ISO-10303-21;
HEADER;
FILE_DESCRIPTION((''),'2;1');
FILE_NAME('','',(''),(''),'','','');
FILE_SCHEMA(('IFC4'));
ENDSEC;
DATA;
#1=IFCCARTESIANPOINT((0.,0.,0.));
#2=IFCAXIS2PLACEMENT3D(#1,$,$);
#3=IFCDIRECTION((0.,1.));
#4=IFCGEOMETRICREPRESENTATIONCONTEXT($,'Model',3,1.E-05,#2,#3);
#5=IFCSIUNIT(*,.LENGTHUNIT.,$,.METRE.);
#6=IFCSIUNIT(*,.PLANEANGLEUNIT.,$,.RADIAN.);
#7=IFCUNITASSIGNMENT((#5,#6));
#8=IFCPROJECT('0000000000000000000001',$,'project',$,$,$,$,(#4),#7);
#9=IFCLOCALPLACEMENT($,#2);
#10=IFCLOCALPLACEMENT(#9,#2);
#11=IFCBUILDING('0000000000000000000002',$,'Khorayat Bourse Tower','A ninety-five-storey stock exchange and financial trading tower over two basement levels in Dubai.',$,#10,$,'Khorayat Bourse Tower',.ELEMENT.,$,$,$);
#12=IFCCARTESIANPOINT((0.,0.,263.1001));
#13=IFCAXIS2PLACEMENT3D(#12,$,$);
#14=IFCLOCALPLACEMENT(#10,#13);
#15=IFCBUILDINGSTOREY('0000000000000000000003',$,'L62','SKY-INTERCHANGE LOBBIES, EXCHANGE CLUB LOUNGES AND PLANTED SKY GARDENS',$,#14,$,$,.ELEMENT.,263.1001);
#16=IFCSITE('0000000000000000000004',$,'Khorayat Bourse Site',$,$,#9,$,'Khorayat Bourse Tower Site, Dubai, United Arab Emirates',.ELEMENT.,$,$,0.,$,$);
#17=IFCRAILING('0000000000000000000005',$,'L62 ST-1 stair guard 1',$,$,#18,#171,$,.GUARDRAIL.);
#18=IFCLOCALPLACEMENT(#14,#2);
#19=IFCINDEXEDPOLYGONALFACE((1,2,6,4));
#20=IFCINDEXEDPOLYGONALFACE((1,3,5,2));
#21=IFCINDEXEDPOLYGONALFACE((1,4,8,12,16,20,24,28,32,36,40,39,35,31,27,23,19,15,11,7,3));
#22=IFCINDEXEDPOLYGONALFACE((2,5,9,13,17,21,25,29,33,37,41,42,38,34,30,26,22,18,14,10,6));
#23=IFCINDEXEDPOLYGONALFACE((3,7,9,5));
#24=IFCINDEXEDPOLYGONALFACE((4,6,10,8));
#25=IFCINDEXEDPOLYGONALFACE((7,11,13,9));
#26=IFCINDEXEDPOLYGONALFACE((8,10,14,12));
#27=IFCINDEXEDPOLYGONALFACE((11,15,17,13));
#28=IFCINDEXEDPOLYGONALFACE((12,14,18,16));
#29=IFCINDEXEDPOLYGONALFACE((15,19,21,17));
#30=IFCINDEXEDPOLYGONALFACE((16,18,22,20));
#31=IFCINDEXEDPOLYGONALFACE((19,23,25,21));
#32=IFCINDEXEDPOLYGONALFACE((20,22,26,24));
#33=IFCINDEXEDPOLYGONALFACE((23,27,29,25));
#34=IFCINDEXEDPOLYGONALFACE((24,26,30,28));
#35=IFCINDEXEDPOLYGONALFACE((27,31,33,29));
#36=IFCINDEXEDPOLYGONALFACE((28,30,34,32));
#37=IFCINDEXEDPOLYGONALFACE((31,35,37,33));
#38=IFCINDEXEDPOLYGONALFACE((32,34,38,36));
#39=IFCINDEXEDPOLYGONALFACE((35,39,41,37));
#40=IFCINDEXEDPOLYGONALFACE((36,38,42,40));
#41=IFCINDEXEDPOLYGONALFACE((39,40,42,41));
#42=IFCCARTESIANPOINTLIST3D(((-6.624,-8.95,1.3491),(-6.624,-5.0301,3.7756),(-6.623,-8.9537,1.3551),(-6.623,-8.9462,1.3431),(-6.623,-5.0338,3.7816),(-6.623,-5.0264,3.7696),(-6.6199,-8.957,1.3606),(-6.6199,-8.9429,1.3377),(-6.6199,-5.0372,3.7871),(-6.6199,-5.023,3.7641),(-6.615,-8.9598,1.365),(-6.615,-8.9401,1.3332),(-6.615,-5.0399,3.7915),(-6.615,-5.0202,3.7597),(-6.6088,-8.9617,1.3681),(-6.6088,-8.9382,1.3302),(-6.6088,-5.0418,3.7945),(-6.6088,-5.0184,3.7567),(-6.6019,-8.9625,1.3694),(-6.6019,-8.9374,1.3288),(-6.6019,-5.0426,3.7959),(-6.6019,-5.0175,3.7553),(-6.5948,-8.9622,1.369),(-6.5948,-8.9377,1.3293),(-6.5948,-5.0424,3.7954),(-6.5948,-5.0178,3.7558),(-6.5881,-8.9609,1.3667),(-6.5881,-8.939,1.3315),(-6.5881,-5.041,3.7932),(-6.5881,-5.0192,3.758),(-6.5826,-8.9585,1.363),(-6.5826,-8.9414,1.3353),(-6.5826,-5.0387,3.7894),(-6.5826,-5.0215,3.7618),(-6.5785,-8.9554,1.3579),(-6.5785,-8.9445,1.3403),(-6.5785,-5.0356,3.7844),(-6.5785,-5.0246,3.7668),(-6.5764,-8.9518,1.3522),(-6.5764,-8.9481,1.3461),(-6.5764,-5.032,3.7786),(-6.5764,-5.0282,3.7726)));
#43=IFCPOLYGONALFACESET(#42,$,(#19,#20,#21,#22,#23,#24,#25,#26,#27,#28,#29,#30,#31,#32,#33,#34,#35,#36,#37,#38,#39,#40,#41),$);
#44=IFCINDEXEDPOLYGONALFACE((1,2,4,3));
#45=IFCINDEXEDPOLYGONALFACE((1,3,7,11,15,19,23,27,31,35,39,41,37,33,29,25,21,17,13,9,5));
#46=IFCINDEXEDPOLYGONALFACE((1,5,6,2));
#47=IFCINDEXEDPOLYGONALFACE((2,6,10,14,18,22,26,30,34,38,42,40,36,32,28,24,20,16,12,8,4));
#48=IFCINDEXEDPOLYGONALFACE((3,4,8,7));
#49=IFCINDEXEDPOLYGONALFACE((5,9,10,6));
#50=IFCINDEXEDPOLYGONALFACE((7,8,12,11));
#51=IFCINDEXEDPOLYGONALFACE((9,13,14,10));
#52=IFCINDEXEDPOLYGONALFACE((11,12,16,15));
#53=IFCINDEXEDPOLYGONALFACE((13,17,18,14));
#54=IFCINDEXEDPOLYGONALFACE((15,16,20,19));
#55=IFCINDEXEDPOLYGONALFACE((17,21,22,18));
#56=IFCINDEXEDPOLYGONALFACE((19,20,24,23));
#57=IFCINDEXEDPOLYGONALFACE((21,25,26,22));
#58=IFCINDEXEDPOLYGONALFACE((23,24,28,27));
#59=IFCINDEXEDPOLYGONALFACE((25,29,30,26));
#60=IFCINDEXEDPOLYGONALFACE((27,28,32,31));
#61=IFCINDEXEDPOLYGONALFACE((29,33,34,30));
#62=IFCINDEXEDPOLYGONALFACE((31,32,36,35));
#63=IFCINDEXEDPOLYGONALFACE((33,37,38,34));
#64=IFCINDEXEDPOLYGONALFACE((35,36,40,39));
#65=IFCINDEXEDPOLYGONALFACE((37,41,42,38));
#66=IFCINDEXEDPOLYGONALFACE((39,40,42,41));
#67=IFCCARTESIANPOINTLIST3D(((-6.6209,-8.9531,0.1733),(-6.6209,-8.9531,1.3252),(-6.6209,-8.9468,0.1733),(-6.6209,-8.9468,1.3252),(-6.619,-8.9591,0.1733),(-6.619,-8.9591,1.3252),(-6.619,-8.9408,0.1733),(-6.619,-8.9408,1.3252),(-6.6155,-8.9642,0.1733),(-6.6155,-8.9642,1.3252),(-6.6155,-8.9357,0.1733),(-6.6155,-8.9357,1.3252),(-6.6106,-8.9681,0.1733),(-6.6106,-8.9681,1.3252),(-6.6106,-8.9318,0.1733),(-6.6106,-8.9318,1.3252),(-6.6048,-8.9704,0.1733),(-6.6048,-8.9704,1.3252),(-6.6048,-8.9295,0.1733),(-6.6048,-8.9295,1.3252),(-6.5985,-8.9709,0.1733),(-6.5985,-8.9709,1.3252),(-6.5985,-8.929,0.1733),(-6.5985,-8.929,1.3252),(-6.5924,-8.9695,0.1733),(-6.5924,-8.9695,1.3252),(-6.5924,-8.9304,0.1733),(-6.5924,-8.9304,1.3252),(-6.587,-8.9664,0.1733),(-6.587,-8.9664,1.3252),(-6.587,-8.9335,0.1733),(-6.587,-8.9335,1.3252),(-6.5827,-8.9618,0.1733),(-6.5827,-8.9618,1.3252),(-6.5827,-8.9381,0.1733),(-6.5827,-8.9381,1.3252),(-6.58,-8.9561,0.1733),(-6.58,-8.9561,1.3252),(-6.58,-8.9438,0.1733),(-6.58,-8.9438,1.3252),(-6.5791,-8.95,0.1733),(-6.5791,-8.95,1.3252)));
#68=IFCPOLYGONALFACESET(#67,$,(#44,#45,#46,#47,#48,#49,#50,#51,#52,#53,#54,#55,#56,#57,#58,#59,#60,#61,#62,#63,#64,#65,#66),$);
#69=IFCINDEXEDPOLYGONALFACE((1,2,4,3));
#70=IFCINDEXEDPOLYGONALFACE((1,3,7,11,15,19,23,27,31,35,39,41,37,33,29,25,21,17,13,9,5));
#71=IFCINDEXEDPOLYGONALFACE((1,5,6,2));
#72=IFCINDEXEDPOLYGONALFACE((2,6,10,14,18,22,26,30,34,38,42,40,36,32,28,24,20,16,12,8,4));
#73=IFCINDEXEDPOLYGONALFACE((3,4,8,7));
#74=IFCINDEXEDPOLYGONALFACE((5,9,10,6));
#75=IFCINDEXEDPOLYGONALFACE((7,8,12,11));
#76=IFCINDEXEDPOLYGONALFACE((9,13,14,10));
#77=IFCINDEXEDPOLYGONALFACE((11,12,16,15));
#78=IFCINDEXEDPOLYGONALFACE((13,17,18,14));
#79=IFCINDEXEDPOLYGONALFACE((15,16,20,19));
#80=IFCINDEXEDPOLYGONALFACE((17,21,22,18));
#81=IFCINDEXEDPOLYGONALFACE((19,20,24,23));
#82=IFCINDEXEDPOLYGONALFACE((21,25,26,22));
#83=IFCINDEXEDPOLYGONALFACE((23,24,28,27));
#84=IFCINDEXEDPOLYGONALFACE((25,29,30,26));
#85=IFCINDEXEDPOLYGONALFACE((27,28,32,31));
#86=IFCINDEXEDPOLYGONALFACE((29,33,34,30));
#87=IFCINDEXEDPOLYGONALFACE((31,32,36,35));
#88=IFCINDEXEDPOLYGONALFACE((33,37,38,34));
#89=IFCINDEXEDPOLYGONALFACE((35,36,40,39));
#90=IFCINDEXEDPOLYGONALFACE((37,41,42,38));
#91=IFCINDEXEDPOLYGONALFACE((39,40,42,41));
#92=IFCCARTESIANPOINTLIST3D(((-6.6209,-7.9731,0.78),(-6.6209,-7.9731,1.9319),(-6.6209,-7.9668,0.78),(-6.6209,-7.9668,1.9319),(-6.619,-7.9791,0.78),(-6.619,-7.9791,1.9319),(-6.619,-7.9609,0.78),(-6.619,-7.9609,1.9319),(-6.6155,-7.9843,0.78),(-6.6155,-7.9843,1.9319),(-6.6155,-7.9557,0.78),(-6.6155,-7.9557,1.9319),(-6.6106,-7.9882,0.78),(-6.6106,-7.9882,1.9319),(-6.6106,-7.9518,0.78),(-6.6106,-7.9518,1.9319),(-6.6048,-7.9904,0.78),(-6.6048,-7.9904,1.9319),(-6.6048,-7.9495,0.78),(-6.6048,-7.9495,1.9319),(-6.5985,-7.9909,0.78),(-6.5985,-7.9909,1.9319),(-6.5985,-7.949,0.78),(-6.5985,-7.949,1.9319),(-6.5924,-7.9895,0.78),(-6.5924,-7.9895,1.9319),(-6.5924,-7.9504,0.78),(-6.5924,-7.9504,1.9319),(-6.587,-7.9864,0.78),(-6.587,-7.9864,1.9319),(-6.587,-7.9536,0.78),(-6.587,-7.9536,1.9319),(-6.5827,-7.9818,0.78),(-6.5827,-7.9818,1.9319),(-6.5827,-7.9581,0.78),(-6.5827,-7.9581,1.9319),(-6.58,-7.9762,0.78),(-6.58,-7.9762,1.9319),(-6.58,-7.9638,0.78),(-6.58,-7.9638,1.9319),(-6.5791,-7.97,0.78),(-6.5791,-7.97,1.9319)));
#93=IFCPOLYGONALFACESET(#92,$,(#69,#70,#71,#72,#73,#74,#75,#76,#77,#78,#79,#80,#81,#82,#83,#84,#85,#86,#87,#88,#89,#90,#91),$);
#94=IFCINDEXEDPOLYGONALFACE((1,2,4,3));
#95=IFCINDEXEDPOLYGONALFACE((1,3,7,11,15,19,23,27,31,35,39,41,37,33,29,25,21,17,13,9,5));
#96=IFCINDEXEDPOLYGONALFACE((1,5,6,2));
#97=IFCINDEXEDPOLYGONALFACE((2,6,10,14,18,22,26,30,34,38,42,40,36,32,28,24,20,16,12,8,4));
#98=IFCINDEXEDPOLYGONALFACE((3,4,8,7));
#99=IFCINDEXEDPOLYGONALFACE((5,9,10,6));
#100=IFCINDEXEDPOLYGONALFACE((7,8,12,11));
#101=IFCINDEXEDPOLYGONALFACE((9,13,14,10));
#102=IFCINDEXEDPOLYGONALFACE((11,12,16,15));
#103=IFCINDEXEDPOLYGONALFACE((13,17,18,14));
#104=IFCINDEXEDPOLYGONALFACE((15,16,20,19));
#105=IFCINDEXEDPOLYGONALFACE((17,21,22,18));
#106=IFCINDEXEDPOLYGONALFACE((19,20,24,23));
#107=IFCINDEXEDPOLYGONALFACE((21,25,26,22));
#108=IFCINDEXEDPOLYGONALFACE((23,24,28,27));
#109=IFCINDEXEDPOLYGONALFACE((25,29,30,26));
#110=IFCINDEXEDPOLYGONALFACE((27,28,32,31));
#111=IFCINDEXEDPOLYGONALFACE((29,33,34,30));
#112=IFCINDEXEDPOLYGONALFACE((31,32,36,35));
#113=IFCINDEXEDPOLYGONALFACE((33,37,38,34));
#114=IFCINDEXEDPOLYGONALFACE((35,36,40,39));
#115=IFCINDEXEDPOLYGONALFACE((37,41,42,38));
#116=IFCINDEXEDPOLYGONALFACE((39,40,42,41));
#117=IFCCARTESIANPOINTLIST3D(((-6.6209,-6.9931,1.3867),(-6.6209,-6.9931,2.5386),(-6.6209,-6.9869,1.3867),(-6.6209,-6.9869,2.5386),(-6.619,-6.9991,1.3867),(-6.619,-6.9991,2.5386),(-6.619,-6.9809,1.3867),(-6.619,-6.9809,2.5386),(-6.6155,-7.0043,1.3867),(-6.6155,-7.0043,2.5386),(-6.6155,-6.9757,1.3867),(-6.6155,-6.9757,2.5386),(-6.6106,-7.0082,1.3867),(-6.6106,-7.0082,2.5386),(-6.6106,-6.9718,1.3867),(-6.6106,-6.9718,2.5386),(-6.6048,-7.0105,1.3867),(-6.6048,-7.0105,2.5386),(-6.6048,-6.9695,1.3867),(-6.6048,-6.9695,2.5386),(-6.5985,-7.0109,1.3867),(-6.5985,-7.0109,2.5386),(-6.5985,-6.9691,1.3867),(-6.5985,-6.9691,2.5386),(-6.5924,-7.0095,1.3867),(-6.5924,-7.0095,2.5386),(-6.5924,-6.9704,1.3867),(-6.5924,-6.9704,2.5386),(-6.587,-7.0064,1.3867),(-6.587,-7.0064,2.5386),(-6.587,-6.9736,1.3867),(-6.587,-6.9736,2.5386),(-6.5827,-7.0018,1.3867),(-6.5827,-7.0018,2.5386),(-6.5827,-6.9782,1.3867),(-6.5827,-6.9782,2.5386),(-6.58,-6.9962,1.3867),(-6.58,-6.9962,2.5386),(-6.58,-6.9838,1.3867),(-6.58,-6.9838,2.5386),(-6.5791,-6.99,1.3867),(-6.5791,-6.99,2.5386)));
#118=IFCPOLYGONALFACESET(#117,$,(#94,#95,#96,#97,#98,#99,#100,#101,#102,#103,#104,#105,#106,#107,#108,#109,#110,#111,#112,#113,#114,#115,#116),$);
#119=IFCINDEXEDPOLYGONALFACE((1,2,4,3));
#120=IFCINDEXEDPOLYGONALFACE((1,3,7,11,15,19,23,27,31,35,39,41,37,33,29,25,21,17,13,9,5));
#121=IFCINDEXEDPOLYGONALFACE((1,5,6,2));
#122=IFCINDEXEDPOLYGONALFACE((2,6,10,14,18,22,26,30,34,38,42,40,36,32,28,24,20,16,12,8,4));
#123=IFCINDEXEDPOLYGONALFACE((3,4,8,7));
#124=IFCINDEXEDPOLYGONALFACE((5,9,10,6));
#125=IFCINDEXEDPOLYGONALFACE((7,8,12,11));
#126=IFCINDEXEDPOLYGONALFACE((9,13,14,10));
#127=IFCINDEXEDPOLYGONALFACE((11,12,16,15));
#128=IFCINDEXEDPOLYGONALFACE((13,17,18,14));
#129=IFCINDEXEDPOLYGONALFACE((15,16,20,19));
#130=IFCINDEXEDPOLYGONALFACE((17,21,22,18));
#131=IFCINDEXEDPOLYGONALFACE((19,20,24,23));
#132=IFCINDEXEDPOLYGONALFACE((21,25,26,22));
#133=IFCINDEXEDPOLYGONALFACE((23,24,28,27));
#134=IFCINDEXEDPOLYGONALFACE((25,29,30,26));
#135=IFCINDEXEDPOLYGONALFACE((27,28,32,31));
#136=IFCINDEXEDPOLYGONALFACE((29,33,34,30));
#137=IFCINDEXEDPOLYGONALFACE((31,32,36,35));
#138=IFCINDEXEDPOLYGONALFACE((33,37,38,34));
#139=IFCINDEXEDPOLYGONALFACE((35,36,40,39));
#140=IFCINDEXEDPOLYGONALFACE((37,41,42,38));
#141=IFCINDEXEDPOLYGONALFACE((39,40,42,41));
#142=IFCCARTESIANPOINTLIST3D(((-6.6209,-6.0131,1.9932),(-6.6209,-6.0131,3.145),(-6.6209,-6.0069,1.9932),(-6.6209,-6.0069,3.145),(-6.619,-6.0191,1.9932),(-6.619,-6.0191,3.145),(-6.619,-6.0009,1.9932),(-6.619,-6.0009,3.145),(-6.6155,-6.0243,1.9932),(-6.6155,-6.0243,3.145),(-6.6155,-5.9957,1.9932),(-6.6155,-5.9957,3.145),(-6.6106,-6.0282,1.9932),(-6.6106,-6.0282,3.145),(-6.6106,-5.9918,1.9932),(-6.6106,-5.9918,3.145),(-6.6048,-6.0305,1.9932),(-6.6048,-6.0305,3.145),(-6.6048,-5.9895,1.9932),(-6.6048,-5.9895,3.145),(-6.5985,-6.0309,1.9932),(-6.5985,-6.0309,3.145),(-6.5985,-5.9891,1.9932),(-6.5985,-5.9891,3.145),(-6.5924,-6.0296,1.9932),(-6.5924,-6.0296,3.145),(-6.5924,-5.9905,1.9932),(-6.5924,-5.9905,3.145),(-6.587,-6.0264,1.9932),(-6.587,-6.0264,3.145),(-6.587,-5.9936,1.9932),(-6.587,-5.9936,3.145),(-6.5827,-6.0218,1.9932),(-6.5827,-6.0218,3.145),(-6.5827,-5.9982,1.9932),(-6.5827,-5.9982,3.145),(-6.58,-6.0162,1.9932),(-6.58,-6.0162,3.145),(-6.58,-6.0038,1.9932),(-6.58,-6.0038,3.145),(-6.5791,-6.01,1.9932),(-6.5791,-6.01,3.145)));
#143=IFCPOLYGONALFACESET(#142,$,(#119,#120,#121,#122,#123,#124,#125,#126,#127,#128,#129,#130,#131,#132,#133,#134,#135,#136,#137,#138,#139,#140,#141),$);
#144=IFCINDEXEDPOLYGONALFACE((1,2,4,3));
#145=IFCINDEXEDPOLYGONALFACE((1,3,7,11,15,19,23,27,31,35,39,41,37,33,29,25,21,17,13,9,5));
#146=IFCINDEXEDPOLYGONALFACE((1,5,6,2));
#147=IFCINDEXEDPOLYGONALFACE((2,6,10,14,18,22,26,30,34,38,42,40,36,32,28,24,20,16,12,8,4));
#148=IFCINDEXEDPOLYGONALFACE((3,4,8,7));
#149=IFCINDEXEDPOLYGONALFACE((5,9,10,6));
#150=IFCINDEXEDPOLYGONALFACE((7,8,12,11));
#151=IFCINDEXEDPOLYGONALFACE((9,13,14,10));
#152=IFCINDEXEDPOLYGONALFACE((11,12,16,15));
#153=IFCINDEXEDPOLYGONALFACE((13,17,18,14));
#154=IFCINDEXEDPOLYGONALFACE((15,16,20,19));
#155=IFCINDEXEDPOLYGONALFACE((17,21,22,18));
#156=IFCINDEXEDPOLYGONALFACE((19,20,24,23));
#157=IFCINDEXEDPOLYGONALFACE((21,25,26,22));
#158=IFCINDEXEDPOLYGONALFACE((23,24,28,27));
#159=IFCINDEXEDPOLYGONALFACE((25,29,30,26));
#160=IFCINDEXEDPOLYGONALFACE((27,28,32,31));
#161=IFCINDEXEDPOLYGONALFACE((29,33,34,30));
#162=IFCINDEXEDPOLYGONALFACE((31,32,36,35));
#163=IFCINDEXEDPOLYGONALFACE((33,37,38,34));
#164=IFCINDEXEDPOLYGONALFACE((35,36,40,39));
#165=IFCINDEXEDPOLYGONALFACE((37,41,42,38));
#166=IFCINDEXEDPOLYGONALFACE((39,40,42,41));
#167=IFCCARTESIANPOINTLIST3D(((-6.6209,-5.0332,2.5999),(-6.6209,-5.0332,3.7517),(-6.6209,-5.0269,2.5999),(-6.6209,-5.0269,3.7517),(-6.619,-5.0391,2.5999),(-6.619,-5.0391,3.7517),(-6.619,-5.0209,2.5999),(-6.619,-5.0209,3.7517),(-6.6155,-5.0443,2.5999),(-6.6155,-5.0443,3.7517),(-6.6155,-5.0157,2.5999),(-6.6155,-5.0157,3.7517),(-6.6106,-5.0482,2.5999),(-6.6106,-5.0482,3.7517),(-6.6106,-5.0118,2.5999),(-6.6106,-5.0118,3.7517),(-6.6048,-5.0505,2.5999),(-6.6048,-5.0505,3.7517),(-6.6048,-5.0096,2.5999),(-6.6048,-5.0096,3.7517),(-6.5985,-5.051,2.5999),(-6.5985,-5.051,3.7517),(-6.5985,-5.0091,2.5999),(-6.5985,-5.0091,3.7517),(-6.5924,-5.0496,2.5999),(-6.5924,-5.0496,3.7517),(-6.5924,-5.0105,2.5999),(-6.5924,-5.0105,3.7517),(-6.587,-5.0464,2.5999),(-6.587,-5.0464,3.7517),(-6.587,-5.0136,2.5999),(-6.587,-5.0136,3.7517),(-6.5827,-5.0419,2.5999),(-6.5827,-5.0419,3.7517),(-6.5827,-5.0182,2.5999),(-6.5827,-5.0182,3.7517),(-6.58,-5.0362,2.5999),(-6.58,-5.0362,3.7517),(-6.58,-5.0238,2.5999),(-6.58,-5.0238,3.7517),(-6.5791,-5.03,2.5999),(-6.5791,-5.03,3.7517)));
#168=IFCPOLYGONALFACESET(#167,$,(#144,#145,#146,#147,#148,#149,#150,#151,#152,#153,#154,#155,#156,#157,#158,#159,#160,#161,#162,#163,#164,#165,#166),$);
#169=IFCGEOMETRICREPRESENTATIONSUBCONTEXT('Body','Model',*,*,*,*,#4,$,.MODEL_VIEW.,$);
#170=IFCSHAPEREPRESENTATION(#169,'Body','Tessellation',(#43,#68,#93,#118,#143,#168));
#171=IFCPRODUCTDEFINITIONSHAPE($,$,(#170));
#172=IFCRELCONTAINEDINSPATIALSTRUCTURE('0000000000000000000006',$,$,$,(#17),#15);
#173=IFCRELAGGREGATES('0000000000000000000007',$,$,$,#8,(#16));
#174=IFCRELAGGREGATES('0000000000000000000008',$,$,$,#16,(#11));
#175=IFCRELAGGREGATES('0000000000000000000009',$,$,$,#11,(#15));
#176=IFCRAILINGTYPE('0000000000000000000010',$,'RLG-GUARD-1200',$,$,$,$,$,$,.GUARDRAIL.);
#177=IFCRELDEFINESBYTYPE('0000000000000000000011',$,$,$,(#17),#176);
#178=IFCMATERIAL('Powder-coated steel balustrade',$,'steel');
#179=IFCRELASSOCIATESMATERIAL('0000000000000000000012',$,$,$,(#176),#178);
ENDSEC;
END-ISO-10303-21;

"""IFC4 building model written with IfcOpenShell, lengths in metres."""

from ifc_helpers import new_model, si_unit, direction, frame, origin, origin_2d, place, context, subcontext, project, spatial, circle, extrude, source, transform, mapped, material, type_object, element, save


model = new_model("IFC4")

# Units and contexts
model_context = context("Model", 3, precision=1e-05, world=origin(), true_north=direction((0.0, 1.0)))
body_context = subcontext(model_context, "Body", "Model", "MODEL_VIEW")
ifc_project = project(units=[si_unit("LENGTHUNIT", "METRE"), si_unit("PLANEANGLEUNIT", "RADIAN")], contexts=[model_context])

# Site, building, storey
site_placement = place(None, origin())
site = spatial("IfcSite", under=ifc_project, at=site_placement, Name="Khorayat Bourse Site", LongName="Khorayat Bourse Tower Site, Dubai, United Arab Emirates", CompositionType="ELEMENT", RefElevation=0.0)
building_placement = place(site_placement, origin())
building = spatial("IfcBuilding", under=site, at=building_placement, Name="Khorayat Bourse Tower", Description="A ninety-five-storey stock exchange and financial trading tower over two basement levels in Dubai.", LongName="Khorayat Bourse Tower", CompositionType="ELEMENT")
storey_placement = place(building_placement, frame((0.0, 0.0, 263.1001)))
storey = spatial("IfcBuildingStorey", under=building, at=storey_placement, Name="L62", Description="SKY-INTERCHANGE LOBBIES, EXCHANGE CLUB LOUNGES AND PLANTED SKY GARDENS", CompositionType="ELEMENT", Elevation=263.1001)

# Railing
ifc_material_1 = material(Name="Powder-coated steel balustrade", Category="steel")
railing_type_1 = type_object("IfcRailingType", Name="RLG-GUARD-1200", PredefinedType="GUARDRAIL", material=ifc_material_1)
shared_shape_1 = source(origin(), body_context, "Body", "SweptSolid", [
    extrude(circle(Radius=0.0239, at=origin_2d()), frame((0.0, 0.0, 1.1758), z_axis=(0.0, 0.850275, 0.526338), x_axis=(-1.0, 0.0, 0.0)), (0.0, 0.0, 1.0), 4.6101),
    extrude(circle(Radius=0.021, at=origin_2d()), origin(), (0.0, 0.0, 1.0), 1.1519),
    extrude(circle(Radius=0.021, at=origin_2d()), frame((0.0, 0.98, 0.6067)), (0.0, 0.0, 1.0), 1.1519),
    extrude(circle(Radius=0.021, at=origin_2d()), frame((0.0, 1.96, 1.2134)), (0.0, 0.0, 1.0), 1.1519),
    extrude(circle(Radius=0.021, at=origin_2d()), frame((0.0, 2.9399, 1.8198)), (0.0, 0.0, 1.0), 1.1519),
    extrude(circle(Radius=0.021, at=origin_2d()), frame((0.0, 3.9199, 2.4265)), (0.0, 0.0, 1.0), 1.1519),
])
railing_1_placement = place(storey_placement, frame((-6.6001, -8.95, 0.1733)))
element("IfcRailing", 1, at=railing_1_placement, inside=storey, type_object=railing_type_1, Name="L62 ST-1 stair guard 1", PredefinedType="GUARDRAIL", context=body_context, shape_type="MappedRepresentation", body=[
    mapped(shared_shape_1, transform((0.0, 0.0, 0.0), scale=1.0)),
])

save(model, "model.ifc")
